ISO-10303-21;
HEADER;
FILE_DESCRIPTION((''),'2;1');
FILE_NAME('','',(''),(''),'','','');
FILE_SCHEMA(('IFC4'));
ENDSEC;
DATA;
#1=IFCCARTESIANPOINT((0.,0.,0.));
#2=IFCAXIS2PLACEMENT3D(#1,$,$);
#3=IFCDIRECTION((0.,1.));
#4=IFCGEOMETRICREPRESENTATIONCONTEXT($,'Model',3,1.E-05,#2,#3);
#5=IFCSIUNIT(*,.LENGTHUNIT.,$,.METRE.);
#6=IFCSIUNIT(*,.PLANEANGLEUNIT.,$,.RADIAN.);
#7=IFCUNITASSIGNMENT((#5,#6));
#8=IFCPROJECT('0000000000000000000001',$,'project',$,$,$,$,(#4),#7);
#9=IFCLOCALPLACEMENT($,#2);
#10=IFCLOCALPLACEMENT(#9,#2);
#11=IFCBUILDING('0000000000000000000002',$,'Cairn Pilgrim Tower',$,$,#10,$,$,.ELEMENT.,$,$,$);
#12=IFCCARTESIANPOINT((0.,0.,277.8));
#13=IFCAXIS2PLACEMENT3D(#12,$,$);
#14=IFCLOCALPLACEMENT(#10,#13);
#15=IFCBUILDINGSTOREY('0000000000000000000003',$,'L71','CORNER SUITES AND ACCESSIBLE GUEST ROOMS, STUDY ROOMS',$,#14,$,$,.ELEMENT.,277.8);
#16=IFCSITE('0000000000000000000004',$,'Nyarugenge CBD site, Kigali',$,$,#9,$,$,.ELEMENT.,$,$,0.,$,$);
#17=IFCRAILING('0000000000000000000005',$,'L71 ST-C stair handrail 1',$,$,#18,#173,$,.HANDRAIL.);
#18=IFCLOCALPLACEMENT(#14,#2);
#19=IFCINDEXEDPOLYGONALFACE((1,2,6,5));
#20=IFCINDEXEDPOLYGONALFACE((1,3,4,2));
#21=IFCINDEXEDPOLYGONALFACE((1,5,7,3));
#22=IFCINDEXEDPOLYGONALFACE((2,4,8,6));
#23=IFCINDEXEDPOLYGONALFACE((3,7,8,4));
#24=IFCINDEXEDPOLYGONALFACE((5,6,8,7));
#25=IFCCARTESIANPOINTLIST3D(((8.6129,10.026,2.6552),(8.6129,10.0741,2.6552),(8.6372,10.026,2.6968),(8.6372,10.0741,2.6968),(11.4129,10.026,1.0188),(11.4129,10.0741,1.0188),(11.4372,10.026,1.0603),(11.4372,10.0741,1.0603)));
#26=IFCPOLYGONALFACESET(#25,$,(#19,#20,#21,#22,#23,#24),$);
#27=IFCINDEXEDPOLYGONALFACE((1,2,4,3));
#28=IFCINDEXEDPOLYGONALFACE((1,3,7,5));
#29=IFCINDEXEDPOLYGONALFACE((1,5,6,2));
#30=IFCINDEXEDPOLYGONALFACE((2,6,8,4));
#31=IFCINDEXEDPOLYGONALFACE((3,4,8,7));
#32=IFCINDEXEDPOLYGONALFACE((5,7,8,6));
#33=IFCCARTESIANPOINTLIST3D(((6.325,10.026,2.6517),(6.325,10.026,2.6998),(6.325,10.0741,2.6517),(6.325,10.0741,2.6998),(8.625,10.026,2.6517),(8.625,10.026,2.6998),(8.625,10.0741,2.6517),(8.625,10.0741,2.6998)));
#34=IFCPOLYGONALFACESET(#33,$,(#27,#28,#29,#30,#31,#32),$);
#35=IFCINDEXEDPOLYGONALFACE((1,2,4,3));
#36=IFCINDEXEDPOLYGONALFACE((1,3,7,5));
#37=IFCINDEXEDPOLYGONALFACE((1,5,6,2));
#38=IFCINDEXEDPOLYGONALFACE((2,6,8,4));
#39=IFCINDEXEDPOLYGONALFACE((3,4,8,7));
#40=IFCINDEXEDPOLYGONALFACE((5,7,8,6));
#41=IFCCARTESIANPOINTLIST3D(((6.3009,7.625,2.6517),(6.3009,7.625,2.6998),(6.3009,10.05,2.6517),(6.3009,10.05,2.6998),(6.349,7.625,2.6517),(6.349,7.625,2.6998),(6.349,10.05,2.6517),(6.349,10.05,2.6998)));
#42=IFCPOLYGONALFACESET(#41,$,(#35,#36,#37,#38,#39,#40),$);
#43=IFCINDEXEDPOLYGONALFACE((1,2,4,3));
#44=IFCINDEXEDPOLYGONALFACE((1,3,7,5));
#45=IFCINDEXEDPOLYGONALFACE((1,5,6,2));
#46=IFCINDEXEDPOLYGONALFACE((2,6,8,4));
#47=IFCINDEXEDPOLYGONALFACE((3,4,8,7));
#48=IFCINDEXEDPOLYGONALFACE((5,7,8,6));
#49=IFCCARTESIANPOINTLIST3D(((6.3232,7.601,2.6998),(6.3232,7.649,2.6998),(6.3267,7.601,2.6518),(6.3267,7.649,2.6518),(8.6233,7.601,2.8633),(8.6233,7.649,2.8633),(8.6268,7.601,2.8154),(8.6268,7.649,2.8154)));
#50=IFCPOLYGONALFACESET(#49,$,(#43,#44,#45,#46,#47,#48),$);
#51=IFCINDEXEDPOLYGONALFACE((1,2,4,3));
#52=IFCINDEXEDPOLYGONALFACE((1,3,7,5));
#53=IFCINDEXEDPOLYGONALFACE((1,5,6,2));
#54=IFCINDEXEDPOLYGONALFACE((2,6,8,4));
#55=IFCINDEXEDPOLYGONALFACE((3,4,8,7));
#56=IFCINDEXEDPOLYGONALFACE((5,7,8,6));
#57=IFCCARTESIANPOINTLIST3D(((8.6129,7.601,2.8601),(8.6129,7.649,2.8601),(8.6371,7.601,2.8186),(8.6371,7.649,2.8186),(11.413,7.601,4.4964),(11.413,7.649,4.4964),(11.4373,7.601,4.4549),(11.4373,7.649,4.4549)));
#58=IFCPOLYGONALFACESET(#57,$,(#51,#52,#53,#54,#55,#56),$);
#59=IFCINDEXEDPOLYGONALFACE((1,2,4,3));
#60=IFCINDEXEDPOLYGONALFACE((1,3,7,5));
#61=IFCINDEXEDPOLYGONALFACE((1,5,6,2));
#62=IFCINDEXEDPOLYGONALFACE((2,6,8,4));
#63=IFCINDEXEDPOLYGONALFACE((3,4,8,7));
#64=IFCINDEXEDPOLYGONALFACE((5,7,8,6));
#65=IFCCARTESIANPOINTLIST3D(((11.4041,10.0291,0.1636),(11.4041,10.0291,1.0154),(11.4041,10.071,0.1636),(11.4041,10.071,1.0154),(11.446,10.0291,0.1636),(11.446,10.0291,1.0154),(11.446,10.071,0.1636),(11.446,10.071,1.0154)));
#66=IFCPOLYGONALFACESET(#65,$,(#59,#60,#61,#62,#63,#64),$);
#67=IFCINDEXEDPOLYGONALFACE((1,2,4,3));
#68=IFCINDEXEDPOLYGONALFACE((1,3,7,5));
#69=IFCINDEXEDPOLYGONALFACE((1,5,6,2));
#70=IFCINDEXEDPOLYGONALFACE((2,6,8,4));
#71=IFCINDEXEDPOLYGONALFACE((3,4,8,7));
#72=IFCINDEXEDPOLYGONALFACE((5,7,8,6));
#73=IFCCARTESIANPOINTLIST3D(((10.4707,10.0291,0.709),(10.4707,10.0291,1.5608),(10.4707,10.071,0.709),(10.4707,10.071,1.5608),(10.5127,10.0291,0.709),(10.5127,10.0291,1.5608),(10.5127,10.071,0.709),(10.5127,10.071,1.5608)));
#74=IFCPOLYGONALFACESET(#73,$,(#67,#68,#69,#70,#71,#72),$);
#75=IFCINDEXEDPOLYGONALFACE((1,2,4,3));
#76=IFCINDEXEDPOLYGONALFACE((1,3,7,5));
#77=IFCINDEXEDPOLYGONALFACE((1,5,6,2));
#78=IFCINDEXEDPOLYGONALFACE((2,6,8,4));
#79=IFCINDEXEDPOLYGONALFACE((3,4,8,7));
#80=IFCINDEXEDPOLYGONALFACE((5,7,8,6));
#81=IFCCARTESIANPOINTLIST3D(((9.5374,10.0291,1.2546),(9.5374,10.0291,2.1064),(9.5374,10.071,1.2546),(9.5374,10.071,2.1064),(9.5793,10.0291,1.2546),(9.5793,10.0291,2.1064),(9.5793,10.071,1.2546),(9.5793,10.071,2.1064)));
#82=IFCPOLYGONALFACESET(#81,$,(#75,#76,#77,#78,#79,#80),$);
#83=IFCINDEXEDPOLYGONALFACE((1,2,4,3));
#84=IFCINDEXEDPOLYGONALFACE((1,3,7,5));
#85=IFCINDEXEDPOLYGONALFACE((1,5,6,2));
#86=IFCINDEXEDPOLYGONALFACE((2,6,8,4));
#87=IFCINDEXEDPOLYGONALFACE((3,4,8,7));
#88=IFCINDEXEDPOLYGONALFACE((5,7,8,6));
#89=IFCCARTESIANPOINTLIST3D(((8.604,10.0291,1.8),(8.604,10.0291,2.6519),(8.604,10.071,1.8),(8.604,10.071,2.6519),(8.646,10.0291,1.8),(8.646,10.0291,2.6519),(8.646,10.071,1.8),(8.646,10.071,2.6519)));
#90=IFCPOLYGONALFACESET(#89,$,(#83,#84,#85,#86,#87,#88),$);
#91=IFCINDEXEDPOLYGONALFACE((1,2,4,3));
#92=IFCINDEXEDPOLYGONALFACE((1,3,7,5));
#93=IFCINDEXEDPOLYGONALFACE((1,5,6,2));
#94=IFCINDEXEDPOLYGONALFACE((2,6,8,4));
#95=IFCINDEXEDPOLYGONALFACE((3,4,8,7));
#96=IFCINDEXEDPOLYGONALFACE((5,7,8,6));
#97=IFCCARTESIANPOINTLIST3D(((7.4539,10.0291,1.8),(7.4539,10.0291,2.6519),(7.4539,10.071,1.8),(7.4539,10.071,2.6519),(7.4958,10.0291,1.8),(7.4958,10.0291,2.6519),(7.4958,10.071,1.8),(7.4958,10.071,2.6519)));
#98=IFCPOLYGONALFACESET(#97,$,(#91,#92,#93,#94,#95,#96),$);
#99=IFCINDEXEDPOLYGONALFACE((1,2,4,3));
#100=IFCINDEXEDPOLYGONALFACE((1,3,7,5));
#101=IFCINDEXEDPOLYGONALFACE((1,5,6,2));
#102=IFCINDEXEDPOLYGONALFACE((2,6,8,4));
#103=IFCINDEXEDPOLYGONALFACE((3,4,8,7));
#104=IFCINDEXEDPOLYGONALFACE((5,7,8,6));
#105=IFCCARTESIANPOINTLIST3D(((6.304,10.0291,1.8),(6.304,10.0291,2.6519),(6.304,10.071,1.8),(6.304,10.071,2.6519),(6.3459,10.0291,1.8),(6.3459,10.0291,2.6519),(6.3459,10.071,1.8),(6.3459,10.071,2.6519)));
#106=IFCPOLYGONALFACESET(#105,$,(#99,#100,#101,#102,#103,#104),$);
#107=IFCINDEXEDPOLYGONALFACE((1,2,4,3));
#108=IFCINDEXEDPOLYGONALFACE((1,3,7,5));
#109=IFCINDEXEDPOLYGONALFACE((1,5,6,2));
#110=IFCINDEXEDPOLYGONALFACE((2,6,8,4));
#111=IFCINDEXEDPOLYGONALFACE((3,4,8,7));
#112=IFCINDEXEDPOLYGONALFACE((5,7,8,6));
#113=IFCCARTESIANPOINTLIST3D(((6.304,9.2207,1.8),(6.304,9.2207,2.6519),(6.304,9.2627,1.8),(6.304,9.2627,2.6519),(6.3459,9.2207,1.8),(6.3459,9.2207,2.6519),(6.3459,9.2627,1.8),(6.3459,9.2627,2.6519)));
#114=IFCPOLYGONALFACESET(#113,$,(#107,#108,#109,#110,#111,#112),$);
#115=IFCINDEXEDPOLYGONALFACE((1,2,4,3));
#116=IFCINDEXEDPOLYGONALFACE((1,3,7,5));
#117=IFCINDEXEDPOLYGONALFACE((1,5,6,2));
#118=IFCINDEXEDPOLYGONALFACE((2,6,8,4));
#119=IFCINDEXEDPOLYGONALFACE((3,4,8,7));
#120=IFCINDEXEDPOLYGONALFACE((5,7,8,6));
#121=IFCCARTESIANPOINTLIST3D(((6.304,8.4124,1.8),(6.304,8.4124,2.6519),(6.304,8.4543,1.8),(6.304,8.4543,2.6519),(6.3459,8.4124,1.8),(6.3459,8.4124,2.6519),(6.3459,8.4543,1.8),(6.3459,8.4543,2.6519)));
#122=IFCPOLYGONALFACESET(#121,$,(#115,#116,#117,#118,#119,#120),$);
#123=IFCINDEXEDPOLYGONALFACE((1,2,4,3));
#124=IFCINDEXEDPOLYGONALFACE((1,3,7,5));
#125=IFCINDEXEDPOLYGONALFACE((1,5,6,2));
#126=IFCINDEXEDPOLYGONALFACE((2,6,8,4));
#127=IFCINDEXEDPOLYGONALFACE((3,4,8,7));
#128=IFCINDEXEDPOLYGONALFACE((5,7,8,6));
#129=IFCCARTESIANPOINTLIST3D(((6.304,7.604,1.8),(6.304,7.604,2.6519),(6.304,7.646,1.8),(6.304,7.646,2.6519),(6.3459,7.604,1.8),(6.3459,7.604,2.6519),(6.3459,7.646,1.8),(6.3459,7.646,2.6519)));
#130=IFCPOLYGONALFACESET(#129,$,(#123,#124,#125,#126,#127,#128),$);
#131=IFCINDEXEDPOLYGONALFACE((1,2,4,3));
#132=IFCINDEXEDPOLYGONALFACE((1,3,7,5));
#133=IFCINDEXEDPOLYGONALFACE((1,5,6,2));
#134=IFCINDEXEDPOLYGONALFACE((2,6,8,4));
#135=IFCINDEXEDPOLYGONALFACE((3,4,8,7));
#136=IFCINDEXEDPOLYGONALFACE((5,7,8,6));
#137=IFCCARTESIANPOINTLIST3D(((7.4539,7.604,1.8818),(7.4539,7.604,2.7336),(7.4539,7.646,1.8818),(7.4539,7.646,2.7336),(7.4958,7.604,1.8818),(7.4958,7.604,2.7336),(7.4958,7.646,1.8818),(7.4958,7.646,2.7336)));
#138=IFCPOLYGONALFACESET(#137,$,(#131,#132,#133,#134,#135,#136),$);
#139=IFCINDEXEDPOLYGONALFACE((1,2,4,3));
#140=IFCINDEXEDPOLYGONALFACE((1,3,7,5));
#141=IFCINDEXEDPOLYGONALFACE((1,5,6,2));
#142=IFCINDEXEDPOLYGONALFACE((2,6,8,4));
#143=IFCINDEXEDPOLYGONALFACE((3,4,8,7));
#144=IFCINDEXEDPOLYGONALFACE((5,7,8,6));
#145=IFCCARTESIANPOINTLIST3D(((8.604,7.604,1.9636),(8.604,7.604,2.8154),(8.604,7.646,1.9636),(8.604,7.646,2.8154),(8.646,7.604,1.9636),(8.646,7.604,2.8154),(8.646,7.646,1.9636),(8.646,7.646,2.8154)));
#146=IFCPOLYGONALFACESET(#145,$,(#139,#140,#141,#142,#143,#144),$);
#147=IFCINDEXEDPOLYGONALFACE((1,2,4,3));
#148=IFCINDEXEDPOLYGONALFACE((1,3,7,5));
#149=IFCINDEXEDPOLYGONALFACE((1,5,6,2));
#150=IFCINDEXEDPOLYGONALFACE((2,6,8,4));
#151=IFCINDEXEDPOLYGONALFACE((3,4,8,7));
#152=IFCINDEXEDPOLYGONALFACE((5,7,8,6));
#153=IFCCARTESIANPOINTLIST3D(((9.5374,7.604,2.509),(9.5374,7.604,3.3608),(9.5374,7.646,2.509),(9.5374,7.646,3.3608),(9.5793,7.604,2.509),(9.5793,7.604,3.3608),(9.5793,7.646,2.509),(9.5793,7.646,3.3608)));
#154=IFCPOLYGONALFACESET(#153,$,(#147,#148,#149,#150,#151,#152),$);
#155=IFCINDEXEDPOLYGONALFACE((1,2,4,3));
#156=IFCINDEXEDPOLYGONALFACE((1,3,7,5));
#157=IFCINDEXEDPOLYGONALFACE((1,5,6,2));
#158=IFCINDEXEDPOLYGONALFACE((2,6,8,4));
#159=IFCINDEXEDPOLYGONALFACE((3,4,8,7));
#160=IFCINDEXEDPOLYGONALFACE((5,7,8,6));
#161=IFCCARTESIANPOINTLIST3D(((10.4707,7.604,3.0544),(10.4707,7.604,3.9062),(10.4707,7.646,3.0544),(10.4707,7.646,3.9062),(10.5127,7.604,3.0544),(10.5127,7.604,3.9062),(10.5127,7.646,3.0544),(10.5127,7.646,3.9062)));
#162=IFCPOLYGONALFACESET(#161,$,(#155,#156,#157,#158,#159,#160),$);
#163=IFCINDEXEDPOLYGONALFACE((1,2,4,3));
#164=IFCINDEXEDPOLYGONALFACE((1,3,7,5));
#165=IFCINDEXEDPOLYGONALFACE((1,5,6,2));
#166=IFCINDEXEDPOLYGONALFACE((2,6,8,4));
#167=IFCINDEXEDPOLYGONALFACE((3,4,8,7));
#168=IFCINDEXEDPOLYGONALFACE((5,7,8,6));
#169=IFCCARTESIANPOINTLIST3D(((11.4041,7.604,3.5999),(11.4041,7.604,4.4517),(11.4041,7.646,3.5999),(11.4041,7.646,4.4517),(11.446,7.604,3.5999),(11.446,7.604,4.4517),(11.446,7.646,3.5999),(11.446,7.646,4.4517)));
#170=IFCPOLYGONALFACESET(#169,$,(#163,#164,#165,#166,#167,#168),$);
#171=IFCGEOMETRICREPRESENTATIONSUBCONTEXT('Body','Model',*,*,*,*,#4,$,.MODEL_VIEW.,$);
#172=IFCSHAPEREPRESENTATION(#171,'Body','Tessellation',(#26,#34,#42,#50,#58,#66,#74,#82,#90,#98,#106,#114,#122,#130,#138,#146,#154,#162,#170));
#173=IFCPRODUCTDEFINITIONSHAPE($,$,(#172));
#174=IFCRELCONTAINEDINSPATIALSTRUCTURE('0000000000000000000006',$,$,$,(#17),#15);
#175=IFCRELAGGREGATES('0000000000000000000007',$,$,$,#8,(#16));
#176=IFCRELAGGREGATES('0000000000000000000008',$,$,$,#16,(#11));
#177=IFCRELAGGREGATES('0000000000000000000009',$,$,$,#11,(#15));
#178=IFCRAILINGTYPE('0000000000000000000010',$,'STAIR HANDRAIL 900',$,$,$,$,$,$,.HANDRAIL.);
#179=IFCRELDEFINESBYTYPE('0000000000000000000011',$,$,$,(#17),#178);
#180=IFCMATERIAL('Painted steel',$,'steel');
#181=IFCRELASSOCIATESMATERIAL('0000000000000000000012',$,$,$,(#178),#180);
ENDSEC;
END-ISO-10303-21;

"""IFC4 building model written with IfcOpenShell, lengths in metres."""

from ifc_helpers import new_model, si_unit, direction, frame, origin, origin_2d, place, context, subcontext, project, spatial, rectangle, extrude, material, type_object, element, save


model = new_model("IFC4")

# Units and contexts
model_context = context("Model", 3, precision=1e-05, world=origin(), true_north=direction((0.0, 1.0)))
body_context = subcontext(model_context, "Body", "Model", "MODEL_VIEW")
ifc_project = project(units=[si_unit("LENGTHUNIT", "METRE"), si_unit("PLANEANGLEUNIT", "RADIAN")], contexts=[model_context])

# Site, building, storey
site_placement = place(None, origin())
site = spatial("IfcSite", under=ifc_project, at=site_placement, Name="Nyarugenge CBD site, Kigali", CompositionType="ELEMENT", RefElevation=0.0)
building_placement = place(site_placement, origin())
building = spatial("IfcBuilding", under=site, at=building_placement, Name="Cairn Pilgrim Tower", CompositionType="ELEMENT")
storey_placement = place(building_placement, frame((0.0, 0.0, 277.8)))
storey = spatial("IfcBuildingStorey", under=building, at=storey_placement, Name="L71", Description="CORNER SUITES AND ACCESSIBLE GUEST ROOMS, STUDY ROOMS", CompositionType="ELEMENT", Elevation=277.8)

# Shared definitions
ifc_material_1 = material(Name="Painted steel", Category="steel")

# Railing
railing_type_1 = type_object("IfcRailingType", Name="STAIR HANDRAIL 900", PredefinedType="HANDRAIL", material=ifc_material_1)
railing_1_placement = place(storey_placement, frame((11.425, 10.05, 0.1636)))
element("IfcRailing", 1, at=railing_1_placement, inside=storey, type_object=railing_type_1, Name="L71 ST-C stair handrail 1", PredefinedType="HANDRAIL", context=body_context, shape_type="SweptSolid", body=[
    extrude(rectangle(XDim=0.0481, YDim=0.0481, at=origin_2d()), frame((0.0, 0.0, 0.876), z_axis=(-0.863361, 0.0, 0.504587), x_axis=(0.0, -1.0, 0.0)), (0.0, 0.0, 1.0), 3.2432),
    extrude(rectangle(XDim=0.0481, YDim=0.0481, at=origin_2d()), frame((-2.8, 0.0, 2.5122), z_axis=(-1.0, 0.0, 0.0), x_axis=(0.0, -1.0, 0.0)), (0.0, 0.0, 1.0), 2.3),
    extrude(rectangle(XDim=0.0481, YDim=0.0481, at=origin_2d()), frame((-5.1001, 0.0, 2.5122), z_axis=(0.0, -1.0, 0.0), x_axis=(1.0, 0.0, 0.0)), (0.0, 0.0, 1.0), 2.425),
    extrude(rectangle(XDim=0.0481, YDim=0.0481, at=origin_2d()), frame((-5.1001, -2.425, 2.5122), z_axis=(0.997481, 0.0, 0.070939), x_axis=(0.0, 1.0, 0.0)), (0.0, 0.0, 1.0), 2.3059),
    extrude(rectangle(XDim=0.0481, YDim=0.0481, at=origin_2d()), frame((-2.8, -2.425, 2.6758), z_axis=(0.863394, 0.0, 0.504531), x_axis=(0.0, 1.0, 0.0)), (0.0, 0.0, 1.0), 3.2432),
    extrude(rectangle(XDim=0.042, YDim=0.042, at=origin_2d()), origin(), (0.0, 0.0, 1.0), 0.8518),
    extrude(rectangle(XDim=0.042, YDim=0.042, at=origin_2d()), frame((-0.9333, 0.0, 0.5454)), (0.0, 0.0, 1.0), 0.8518),
    extrude(rectangle(XDim=0.042, YDim=0.042, at=origin_2d()), frame((-1.8667, 0.0, 1.0911)), (0.0, 0.0, 1.0), 0.8518),
    extrude(rectangle(XDim=0.042, YDim=0.042, at=origin_2d()), frame((-2.8, 0.0, 1.6365)), (0.0, 0.0, 1.0), 0.8518),
    extrude(rectangle(XDim=0.042, YDim=0.042, at=origin_2d()), frame((-3.9502, 0.0, 1.6365)), (0.0, 0.0, 1.0), 0.8518),
    extrude(rectangle(XDim=0.042, YDim=0.042, at=origin_2d()), frame((-5.1001, 0.0, 1.6365)), (0.0, 0.0, 1.0), 0.8518),
    extrude(rectangle(XDim=0.042, YDim=0.042, at=origin_2d()), frame((-5.1001, -0.8083, 1.6365)), (0.0, 0.0, 1.0), 0.8518),
    extrude(rectangle(XDim=0.042, YDim=0.042, at=origin_2d()), frame((-5.1001, -1.6167, 1.6365)), (0.0, 0.0, 1.0), 0.8518),
    extrude(rectangle(XDim=0.042, YDim=0.042, at=origin_2d()), frame((-5.1001, -2.425, 1.6365)), (0.0, 0.0, 1.0), 0.8518),
    extrude(rectangle(XDim=0.042, YDim=0.042, at=origin_2d()), frame((-3.9502, -2.425, 1.7183)), (0.0, 0.0, 1.0), 0.8518),
    extrude(rectangle(XDim=0.042, YDim=0.042, at=origin_2d()), frame((-2.8, -2.425, 1.8)), (0.0, 0.0, 1.0), 0.8518),
    extrude(rectangle(XDim=0.042, YDim=0.042, at=origin_2d()), frame((-1.8667, -2.425, 2.3455)), (0.0, 0.0, 1.0), 0.8518),
    extrude(rectangle(XDim=0.042, YDim=0.042, at=origin_2d()), frame((-0.9333, -2.425, 2.8909)), (0.0, 0.0, 1.0), 0.8518),
    extrude(rectangle(XDim=0.042, YDim=0.042, at=origin_2d()), frame((0.0, -2.425, 3.4363)), (0.0, 0.0, 1.0), 0.8518),
])

save(model, "model.ifc")
